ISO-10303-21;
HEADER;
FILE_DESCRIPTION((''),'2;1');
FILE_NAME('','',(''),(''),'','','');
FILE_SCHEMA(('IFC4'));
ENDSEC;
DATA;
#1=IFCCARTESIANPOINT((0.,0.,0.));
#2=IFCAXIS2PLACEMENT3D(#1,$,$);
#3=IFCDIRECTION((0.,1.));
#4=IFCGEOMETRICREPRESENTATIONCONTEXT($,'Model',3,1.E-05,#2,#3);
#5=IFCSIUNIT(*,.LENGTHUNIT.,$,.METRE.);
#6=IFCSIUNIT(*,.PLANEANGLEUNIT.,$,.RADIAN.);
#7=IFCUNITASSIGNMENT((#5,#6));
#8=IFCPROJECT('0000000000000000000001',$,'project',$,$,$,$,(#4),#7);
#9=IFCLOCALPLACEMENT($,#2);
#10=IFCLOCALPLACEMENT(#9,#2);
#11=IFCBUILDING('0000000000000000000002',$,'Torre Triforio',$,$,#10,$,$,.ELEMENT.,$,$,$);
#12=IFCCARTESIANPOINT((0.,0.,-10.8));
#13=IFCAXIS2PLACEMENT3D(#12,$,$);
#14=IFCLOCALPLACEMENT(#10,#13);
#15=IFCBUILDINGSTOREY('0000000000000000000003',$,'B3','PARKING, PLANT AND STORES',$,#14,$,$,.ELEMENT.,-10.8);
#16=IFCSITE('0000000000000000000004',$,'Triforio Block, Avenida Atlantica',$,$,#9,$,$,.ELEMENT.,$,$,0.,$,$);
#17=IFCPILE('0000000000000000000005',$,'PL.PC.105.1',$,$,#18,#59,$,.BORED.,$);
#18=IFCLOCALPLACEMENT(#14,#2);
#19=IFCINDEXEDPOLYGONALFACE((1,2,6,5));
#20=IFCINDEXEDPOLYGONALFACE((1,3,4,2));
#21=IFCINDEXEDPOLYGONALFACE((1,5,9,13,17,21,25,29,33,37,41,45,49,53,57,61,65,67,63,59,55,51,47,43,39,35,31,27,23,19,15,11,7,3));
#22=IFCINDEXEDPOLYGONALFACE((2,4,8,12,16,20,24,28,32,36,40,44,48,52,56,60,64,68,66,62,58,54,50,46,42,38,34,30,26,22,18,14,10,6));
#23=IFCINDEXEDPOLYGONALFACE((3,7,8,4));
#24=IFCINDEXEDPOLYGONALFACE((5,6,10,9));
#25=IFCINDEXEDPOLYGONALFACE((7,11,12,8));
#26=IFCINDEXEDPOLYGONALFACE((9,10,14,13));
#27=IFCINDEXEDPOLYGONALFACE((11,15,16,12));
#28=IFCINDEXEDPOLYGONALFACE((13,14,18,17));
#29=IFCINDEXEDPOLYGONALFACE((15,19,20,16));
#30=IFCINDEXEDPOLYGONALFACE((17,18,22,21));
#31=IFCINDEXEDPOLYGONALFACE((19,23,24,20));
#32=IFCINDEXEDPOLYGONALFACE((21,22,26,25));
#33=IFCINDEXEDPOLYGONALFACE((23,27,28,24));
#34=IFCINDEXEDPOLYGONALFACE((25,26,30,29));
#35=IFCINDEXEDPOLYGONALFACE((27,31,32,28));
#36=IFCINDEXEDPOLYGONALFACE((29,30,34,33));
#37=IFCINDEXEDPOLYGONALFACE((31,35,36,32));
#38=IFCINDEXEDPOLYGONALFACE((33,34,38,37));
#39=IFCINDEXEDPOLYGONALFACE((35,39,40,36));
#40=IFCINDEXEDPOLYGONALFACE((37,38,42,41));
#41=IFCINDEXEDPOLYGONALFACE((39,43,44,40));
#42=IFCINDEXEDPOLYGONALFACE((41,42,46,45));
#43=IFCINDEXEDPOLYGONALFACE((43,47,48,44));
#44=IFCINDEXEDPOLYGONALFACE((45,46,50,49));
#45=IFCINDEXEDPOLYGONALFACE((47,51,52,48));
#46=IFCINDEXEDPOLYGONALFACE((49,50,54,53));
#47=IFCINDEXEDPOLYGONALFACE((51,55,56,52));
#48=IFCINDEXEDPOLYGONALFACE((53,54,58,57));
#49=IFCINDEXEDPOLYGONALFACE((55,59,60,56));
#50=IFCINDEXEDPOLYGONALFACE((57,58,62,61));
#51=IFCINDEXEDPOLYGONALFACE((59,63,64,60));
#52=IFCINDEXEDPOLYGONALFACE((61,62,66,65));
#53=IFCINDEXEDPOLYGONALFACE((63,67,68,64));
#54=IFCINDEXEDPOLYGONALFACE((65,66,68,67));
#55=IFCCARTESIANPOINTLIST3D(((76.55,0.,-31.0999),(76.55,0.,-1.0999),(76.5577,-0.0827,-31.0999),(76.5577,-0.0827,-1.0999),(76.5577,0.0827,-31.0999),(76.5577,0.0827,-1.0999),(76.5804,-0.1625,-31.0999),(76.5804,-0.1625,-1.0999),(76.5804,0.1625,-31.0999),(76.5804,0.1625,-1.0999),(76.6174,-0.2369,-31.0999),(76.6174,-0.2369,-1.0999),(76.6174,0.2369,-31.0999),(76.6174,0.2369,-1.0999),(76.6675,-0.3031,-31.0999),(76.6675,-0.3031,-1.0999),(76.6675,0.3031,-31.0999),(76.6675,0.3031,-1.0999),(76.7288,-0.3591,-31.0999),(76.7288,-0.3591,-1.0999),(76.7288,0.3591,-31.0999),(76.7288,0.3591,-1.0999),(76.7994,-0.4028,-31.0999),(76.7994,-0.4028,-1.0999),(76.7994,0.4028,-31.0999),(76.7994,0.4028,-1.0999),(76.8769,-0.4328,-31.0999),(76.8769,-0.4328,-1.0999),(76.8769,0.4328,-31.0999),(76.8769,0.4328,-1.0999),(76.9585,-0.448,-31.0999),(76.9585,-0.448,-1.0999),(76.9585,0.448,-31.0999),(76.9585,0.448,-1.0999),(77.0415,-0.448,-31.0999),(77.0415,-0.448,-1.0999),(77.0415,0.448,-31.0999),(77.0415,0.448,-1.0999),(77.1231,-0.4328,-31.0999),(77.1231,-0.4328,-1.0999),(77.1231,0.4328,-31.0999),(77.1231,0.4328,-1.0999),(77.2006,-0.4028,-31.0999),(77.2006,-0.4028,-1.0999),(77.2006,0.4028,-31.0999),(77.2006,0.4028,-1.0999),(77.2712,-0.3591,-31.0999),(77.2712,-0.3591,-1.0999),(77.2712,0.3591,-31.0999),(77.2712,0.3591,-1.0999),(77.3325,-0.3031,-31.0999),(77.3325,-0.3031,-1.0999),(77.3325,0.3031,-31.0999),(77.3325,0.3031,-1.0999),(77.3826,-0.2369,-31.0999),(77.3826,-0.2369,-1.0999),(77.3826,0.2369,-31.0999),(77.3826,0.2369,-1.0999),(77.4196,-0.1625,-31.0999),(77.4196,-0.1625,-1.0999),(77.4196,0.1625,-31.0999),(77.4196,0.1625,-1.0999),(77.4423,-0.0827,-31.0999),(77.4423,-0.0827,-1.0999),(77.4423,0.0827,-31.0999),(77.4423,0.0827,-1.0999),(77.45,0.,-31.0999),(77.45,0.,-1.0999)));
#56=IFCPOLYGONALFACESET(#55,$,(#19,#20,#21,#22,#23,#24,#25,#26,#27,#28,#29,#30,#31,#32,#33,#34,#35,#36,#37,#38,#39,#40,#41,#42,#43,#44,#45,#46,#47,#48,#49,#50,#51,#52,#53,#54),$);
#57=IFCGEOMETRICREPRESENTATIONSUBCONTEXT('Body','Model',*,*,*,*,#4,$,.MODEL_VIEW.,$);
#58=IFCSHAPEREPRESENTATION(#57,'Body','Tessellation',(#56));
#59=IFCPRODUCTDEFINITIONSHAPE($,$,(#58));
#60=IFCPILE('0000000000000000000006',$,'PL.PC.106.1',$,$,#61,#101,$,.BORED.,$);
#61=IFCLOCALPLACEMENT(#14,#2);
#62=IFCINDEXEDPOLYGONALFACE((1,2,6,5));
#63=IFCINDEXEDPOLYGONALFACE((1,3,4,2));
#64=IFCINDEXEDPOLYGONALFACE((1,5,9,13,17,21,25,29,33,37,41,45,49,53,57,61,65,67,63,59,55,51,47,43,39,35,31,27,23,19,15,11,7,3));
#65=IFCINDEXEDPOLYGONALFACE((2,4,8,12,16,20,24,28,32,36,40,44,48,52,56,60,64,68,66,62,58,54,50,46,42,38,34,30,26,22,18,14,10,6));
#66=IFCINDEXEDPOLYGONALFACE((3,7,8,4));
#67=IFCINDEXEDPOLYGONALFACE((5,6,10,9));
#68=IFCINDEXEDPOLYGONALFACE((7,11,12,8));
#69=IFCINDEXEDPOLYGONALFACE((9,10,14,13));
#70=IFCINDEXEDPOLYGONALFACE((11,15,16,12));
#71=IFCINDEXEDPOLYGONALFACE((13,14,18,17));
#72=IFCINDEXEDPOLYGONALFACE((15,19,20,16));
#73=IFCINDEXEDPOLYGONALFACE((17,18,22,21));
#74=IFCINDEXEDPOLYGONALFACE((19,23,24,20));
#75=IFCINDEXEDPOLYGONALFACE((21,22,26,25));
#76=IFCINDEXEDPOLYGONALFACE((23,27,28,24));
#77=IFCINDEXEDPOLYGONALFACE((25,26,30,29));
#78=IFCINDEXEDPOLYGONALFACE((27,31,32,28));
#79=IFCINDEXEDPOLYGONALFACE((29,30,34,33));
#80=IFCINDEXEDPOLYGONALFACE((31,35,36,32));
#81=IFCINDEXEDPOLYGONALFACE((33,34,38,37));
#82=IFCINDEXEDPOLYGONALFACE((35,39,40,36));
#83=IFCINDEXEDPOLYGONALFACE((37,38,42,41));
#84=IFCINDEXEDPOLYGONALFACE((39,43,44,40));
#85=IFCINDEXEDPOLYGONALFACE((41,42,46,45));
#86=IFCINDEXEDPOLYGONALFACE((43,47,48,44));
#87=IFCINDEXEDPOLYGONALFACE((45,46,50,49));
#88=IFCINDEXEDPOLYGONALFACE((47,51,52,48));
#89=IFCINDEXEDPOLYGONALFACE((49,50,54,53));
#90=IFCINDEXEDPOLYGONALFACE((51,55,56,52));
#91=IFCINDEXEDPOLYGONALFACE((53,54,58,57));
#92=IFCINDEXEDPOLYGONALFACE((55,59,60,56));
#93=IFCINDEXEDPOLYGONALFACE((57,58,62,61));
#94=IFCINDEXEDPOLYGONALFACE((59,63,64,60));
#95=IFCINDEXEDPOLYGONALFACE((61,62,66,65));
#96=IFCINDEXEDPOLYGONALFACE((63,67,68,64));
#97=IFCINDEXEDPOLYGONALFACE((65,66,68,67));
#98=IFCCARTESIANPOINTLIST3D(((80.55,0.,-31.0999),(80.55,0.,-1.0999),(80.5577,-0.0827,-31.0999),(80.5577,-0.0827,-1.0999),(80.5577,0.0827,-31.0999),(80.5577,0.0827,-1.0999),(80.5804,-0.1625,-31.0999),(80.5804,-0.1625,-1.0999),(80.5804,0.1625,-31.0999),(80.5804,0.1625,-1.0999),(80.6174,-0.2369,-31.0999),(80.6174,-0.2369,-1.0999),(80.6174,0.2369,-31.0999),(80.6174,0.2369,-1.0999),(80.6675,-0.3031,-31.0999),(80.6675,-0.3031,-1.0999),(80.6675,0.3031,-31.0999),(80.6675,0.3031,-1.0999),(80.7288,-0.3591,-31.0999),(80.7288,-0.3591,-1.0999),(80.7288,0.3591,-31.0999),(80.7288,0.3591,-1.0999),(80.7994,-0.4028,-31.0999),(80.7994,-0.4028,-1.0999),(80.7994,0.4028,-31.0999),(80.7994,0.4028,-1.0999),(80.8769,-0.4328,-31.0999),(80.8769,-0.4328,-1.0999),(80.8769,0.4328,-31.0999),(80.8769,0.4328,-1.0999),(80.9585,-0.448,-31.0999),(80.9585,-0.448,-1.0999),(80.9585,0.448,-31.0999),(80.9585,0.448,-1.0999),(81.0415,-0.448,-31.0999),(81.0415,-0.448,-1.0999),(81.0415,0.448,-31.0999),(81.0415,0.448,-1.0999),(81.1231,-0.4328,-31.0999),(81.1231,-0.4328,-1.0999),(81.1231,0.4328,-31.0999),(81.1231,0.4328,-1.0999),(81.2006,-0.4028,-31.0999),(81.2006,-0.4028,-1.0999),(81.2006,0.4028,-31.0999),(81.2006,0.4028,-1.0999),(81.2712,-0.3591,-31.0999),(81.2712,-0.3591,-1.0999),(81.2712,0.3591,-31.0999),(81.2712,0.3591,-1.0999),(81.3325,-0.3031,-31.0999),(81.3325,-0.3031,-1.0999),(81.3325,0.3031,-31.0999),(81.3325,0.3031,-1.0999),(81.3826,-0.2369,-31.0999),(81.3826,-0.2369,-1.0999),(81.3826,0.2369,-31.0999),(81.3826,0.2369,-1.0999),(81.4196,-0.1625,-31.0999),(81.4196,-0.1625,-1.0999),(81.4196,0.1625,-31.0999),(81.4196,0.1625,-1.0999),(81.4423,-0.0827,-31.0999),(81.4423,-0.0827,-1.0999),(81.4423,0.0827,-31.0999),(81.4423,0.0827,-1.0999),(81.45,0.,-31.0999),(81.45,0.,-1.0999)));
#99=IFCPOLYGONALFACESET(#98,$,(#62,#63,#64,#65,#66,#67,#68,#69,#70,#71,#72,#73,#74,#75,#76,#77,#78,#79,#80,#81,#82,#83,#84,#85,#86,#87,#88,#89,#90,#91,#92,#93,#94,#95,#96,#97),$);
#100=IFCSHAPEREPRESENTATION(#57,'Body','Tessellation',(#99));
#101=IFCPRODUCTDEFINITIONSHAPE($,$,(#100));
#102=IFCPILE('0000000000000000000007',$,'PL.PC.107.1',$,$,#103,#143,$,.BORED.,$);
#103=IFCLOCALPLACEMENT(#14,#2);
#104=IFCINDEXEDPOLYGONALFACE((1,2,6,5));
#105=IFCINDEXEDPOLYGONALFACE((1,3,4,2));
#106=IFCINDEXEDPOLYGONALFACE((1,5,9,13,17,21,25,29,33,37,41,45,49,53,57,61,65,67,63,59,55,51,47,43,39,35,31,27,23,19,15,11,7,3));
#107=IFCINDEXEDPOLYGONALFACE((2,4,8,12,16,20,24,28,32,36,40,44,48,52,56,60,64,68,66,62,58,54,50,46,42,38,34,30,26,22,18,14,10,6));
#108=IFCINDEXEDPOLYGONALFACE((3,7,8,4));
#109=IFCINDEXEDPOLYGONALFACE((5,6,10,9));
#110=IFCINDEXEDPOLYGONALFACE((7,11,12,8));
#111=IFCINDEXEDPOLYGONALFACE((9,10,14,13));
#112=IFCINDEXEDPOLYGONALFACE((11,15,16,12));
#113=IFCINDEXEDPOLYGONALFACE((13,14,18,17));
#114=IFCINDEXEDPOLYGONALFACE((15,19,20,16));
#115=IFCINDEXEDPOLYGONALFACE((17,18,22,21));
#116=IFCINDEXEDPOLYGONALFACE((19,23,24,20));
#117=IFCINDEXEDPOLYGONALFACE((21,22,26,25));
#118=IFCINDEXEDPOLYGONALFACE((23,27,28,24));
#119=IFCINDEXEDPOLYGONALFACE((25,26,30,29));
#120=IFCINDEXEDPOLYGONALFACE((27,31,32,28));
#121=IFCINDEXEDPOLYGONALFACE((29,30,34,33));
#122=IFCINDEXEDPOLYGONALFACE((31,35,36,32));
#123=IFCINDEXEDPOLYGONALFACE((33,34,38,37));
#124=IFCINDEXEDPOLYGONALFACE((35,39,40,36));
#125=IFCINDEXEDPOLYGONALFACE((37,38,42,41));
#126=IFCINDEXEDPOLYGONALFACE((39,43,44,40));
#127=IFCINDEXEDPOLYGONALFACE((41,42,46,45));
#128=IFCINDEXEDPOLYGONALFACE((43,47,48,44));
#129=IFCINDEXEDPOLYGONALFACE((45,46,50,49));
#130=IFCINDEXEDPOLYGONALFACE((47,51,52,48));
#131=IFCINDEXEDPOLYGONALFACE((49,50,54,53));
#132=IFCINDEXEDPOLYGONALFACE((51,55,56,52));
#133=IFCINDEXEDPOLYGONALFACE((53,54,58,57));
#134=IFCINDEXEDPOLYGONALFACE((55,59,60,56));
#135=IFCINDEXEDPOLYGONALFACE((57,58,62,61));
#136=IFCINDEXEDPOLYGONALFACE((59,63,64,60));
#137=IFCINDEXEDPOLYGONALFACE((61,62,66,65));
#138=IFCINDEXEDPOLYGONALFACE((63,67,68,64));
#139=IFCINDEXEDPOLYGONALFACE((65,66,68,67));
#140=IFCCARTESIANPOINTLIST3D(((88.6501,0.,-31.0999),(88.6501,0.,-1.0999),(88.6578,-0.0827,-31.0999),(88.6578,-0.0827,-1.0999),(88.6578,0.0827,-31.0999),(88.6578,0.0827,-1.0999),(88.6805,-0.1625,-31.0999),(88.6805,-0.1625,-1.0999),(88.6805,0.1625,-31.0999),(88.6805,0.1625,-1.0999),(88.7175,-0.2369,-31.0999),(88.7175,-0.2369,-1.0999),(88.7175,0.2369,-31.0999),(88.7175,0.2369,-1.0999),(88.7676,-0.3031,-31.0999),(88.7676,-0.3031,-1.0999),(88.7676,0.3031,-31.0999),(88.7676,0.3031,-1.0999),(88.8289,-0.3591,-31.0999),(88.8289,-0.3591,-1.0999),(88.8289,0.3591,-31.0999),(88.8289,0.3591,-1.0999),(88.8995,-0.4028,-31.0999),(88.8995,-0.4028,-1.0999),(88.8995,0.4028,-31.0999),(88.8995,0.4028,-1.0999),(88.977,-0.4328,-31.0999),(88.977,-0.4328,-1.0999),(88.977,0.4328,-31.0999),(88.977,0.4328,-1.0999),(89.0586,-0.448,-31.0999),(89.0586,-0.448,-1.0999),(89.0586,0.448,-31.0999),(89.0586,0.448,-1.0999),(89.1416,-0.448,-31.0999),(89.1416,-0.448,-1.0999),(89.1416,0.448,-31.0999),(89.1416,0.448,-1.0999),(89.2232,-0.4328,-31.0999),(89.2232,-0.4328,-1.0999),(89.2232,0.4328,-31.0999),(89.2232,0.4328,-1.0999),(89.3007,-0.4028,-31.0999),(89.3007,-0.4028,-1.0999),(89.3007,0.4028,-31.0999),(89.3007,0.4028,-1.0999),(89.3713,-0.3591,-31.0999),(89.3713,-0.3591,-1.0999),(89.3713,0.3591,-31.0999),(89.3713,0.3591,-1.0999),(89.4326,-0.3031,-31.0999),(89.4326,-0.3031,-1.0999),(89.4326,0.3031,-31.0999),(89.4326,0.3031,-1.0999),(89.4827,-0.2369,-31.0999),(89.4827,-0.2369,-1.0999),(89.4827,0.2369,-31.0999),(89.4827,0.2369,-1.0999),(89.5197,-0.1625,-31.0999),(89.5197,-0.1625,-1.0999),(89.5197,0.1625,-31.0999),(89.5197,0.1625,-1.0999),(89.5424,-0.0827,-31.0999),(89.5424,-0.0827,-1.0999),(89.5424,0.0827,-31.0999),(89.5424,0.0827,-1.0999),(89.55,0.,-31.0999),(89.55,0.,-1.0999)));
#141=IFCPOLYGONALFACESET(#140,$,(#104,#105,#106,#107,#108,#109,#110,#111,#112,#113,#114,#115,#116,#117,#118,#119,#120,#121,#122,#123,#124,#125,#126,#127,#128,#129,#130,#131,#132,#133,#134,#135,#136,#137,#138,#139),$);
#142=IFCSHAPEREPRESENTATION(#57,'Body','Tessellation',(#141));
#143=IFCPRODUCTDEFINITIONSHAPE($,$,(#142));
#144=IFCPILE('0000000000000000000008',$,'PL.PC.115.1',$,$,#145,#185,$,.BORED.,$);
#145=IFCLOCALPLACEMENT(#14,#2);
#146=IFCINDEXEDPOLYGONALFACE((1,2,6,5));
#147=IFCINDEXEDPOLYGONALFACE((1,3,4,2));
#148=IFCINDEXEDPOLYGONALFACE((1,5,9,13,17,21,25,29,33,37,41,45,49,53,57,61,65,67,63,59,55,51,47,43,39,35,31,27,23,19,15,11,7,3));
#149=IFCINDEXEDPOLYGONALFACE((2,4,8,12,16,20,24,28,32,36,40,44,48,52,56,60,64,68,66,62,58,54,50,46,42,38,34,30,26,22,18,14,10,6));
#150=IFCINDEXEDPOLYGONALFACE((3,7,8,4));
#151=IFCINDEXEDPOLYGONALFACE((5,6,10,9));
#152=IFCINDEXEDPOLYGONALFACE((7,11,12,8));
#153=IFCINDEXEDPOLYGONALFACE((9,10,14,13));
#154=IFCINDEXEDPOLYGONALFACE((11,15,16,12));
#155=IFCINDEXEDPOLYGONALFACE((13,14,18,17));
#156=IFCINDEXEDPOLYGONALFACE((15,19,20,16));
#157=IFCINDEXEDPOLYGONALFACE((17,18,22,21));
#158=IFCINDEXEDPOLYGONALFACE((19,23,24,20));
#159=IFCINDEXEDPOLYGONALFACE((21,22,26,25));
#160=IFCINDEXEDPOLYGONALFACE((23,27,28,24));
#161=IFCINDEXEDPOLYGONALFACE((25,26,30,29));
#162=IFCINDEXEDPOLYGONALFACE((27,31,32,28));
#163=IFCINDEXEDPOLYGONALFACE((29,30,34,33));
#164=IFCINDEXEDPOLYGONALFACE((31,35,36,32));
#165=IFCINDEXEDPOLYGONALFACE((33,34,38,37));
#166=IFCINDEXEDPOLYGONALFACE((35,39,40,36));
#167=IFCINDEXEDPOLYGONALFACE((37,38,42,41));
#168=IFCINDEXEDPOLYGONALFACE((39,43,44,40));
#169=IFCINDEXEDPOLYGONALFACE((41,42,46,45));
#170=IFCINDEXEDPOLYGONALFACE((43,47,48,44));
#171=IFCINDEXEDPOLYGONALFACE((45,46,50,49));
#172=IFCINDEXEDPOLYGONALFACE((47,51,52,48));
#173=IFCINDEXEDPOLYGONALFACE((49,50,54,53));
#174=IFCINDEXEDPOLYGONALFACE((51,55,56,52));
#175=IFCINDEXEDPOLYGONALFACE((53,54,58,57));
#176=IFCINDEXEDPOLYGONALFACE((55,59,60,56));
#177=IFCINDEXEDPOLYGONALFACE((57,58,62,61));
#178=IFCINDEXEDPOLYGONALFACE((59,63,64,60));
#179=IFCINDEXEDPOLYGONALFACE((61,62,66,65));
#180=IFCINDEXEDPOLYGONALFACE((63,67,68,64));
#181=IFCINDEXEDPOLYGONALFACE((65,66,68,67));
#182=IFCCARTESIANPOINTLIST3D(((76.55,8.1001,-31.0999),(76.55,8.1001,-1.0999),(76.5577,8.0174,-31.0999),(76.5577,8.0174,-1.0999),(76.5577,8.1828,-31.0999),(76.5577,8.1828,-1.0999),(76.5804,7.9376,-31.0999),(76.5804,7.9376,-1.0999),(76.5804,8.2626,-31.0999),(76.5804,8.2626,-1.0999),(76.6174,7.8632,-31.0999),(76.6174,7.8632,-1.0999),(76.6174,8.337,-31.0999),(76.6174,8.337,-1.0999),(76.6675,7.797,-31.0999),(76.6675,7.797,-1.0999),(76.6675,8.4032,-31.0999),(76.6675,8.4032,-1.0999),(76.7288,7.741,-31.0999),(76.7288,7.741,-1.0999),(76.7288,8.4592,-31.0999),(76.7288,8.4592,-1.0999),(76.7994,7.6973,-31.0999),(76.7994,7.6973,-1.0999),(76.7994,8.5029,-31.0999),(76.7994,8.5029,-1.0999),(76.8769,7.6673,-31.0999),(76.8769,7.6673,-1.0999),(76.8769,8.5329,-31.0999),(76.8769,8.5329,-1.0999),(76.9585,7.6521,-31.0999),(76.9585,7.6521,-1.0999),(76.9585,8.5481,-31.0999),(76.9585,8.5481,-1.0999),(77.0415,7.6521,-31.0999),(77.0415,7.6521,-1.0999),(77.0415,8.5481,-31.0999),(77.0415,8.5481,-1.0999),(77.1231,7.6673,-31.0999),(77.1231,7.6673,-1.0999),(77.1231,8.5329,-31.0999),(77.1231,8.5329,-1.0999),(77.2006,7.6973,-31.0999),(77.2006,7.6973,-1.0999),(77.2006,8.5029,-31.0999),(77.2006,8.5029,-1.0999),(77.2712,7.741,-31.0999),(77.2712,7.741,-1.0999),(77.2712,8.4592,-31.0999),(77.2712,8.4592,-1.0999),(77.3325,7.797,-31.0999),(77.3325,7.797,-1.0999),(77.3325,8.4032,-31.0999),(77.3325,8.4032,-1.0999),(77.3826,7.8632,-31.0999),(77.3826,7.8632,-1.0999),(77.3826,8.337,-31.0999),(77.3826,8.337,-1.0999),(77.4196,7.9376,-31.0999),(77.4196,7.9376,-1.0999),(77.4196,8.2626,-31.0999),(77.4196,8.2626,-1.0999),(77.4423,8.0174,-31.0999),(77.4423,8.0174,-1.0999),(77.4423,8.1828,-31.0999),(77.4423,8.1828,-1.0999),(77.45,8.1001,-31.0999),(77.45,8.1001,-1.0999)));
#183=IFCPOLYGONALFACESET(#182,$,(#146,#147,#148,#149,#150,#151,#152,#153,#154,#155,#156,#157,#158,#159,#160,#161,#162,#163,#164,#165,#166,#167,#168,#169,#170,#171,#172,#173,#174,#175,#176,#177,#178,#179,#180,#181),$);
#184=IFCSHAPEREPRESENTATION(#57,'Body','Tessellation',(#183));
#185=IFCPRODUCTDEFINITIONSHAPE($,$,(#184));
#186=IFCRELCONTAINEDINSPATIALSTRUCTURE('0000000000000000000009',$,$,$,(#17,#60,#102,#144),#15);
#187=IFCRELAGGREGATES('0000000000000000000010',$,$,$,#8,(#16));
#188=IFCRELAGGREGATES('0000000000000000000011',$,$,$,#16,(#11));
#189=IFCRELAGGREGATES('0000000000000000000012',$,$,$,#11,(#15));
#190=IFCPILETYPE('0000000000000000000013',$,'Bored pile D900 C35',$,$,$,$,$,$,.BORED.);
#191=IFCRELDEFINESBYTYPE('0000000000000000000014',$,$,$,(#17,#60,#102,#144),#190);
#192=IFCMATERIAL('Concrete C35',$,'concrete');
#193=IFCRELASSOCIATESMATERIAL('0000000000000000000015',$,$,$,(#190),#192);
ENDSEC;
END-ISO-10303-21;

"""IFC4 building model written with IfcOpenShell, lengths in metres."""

from ifc_helpers import new_model, si_unit, direction, frame, origin, origin_2d, place, context, subcontext, project, spatial, circle, extrude, material, material_profile, profile_set, type_object, element, save


model = new_model("IFC4")

# Units and contexts
model_context = context("Model", 3, precision=1e-05, world=origin(), true_north=direction((0.0, 1.0)))
body_context = subcontext(model_context, "Body", "Model", "MODEL_VIEW")
ifc_project = project(units=[si_unit("LENGTHUNIT", "METRE"), si_unit("PLANEANGLEUNIT", "RADIAN")], contexts=[model_context])

# Site, building, storey
site_placement = place(None, origin())
site = spatial("IfcSite", under=ifc_project, at=site_placement, Name="Triforio Block, Avenida Atlantica", CompositionType="ELEMENT", RefElevation=0.0)
building_placement = place(site_placement, origin())
building = spatial("IfcBuilding", under=site, at=building_placement, Name="Torre Triforio", CompositionType="ELEMENT")
storey_placement = place(building_placement, frame((0.0, 0.0, -10.8)))
storey = spatial("IfcBuildingStorey", under=building, at=storey_placement, Name="B3", Description="PARKING, PLANT AND STORES", CompositionType="ELEMENT", Elevation=-10.8)

# Piles
ifc_material_1 = material(Name="Concrete C35", Category="concrete")
ifc_material_profile_1 = material_profile(ifc_material_1, circle(Radius=0.45, at=origin_2d()), Name="RC D900")
ifc_profile_set_1 = profile_set([ifc_material_profile_1], Name="Concrete C35")
pile_type = type_object("IfcPileType", Name="Bored pile D900 C35", PredefinedType="BORED", material=ifc_profile_set_1)
for number, where, z_axis, x_axis, name in (
    (1, (77.0, 0.0, -1.0999), (0.0, 0.0, -1.0), (1.0, 0.0, 0.0), "PL.PC.105.1"),
    (2, (81.0, 0.0, -1.0999), (0.0, 0.0, -1.0), (1.0, 0.0, 0.0), "PL.PC.106.1"),
    (3, (89.1001, 0.0, -1.0999), (0.0, 0.0, -1.0), (1.0, 0.0, 0.0), "PL.PC.107.1"),
    (4, (77.0, 8.1001, -1.0999), (0.0, 0.0, -1.0), (1.0, 0.0, 0.0), "PL.PC.115.1"),
):
    element("IfcPile", number, at=place(storey_placement, frame(where, z_axis=z_axis, x_axis=x_axis)), inside=storey, type_object=pile_type, Name=name, PredefinedType="BORED", context=body_context, shape_type="SweptSolid", body=[
        extrude(circle(Radius=0.45, at=origin_2d()), origin(), (0.0, 0.0, 1.0), 30.0),
    ])

save(model, "model.ifc")
